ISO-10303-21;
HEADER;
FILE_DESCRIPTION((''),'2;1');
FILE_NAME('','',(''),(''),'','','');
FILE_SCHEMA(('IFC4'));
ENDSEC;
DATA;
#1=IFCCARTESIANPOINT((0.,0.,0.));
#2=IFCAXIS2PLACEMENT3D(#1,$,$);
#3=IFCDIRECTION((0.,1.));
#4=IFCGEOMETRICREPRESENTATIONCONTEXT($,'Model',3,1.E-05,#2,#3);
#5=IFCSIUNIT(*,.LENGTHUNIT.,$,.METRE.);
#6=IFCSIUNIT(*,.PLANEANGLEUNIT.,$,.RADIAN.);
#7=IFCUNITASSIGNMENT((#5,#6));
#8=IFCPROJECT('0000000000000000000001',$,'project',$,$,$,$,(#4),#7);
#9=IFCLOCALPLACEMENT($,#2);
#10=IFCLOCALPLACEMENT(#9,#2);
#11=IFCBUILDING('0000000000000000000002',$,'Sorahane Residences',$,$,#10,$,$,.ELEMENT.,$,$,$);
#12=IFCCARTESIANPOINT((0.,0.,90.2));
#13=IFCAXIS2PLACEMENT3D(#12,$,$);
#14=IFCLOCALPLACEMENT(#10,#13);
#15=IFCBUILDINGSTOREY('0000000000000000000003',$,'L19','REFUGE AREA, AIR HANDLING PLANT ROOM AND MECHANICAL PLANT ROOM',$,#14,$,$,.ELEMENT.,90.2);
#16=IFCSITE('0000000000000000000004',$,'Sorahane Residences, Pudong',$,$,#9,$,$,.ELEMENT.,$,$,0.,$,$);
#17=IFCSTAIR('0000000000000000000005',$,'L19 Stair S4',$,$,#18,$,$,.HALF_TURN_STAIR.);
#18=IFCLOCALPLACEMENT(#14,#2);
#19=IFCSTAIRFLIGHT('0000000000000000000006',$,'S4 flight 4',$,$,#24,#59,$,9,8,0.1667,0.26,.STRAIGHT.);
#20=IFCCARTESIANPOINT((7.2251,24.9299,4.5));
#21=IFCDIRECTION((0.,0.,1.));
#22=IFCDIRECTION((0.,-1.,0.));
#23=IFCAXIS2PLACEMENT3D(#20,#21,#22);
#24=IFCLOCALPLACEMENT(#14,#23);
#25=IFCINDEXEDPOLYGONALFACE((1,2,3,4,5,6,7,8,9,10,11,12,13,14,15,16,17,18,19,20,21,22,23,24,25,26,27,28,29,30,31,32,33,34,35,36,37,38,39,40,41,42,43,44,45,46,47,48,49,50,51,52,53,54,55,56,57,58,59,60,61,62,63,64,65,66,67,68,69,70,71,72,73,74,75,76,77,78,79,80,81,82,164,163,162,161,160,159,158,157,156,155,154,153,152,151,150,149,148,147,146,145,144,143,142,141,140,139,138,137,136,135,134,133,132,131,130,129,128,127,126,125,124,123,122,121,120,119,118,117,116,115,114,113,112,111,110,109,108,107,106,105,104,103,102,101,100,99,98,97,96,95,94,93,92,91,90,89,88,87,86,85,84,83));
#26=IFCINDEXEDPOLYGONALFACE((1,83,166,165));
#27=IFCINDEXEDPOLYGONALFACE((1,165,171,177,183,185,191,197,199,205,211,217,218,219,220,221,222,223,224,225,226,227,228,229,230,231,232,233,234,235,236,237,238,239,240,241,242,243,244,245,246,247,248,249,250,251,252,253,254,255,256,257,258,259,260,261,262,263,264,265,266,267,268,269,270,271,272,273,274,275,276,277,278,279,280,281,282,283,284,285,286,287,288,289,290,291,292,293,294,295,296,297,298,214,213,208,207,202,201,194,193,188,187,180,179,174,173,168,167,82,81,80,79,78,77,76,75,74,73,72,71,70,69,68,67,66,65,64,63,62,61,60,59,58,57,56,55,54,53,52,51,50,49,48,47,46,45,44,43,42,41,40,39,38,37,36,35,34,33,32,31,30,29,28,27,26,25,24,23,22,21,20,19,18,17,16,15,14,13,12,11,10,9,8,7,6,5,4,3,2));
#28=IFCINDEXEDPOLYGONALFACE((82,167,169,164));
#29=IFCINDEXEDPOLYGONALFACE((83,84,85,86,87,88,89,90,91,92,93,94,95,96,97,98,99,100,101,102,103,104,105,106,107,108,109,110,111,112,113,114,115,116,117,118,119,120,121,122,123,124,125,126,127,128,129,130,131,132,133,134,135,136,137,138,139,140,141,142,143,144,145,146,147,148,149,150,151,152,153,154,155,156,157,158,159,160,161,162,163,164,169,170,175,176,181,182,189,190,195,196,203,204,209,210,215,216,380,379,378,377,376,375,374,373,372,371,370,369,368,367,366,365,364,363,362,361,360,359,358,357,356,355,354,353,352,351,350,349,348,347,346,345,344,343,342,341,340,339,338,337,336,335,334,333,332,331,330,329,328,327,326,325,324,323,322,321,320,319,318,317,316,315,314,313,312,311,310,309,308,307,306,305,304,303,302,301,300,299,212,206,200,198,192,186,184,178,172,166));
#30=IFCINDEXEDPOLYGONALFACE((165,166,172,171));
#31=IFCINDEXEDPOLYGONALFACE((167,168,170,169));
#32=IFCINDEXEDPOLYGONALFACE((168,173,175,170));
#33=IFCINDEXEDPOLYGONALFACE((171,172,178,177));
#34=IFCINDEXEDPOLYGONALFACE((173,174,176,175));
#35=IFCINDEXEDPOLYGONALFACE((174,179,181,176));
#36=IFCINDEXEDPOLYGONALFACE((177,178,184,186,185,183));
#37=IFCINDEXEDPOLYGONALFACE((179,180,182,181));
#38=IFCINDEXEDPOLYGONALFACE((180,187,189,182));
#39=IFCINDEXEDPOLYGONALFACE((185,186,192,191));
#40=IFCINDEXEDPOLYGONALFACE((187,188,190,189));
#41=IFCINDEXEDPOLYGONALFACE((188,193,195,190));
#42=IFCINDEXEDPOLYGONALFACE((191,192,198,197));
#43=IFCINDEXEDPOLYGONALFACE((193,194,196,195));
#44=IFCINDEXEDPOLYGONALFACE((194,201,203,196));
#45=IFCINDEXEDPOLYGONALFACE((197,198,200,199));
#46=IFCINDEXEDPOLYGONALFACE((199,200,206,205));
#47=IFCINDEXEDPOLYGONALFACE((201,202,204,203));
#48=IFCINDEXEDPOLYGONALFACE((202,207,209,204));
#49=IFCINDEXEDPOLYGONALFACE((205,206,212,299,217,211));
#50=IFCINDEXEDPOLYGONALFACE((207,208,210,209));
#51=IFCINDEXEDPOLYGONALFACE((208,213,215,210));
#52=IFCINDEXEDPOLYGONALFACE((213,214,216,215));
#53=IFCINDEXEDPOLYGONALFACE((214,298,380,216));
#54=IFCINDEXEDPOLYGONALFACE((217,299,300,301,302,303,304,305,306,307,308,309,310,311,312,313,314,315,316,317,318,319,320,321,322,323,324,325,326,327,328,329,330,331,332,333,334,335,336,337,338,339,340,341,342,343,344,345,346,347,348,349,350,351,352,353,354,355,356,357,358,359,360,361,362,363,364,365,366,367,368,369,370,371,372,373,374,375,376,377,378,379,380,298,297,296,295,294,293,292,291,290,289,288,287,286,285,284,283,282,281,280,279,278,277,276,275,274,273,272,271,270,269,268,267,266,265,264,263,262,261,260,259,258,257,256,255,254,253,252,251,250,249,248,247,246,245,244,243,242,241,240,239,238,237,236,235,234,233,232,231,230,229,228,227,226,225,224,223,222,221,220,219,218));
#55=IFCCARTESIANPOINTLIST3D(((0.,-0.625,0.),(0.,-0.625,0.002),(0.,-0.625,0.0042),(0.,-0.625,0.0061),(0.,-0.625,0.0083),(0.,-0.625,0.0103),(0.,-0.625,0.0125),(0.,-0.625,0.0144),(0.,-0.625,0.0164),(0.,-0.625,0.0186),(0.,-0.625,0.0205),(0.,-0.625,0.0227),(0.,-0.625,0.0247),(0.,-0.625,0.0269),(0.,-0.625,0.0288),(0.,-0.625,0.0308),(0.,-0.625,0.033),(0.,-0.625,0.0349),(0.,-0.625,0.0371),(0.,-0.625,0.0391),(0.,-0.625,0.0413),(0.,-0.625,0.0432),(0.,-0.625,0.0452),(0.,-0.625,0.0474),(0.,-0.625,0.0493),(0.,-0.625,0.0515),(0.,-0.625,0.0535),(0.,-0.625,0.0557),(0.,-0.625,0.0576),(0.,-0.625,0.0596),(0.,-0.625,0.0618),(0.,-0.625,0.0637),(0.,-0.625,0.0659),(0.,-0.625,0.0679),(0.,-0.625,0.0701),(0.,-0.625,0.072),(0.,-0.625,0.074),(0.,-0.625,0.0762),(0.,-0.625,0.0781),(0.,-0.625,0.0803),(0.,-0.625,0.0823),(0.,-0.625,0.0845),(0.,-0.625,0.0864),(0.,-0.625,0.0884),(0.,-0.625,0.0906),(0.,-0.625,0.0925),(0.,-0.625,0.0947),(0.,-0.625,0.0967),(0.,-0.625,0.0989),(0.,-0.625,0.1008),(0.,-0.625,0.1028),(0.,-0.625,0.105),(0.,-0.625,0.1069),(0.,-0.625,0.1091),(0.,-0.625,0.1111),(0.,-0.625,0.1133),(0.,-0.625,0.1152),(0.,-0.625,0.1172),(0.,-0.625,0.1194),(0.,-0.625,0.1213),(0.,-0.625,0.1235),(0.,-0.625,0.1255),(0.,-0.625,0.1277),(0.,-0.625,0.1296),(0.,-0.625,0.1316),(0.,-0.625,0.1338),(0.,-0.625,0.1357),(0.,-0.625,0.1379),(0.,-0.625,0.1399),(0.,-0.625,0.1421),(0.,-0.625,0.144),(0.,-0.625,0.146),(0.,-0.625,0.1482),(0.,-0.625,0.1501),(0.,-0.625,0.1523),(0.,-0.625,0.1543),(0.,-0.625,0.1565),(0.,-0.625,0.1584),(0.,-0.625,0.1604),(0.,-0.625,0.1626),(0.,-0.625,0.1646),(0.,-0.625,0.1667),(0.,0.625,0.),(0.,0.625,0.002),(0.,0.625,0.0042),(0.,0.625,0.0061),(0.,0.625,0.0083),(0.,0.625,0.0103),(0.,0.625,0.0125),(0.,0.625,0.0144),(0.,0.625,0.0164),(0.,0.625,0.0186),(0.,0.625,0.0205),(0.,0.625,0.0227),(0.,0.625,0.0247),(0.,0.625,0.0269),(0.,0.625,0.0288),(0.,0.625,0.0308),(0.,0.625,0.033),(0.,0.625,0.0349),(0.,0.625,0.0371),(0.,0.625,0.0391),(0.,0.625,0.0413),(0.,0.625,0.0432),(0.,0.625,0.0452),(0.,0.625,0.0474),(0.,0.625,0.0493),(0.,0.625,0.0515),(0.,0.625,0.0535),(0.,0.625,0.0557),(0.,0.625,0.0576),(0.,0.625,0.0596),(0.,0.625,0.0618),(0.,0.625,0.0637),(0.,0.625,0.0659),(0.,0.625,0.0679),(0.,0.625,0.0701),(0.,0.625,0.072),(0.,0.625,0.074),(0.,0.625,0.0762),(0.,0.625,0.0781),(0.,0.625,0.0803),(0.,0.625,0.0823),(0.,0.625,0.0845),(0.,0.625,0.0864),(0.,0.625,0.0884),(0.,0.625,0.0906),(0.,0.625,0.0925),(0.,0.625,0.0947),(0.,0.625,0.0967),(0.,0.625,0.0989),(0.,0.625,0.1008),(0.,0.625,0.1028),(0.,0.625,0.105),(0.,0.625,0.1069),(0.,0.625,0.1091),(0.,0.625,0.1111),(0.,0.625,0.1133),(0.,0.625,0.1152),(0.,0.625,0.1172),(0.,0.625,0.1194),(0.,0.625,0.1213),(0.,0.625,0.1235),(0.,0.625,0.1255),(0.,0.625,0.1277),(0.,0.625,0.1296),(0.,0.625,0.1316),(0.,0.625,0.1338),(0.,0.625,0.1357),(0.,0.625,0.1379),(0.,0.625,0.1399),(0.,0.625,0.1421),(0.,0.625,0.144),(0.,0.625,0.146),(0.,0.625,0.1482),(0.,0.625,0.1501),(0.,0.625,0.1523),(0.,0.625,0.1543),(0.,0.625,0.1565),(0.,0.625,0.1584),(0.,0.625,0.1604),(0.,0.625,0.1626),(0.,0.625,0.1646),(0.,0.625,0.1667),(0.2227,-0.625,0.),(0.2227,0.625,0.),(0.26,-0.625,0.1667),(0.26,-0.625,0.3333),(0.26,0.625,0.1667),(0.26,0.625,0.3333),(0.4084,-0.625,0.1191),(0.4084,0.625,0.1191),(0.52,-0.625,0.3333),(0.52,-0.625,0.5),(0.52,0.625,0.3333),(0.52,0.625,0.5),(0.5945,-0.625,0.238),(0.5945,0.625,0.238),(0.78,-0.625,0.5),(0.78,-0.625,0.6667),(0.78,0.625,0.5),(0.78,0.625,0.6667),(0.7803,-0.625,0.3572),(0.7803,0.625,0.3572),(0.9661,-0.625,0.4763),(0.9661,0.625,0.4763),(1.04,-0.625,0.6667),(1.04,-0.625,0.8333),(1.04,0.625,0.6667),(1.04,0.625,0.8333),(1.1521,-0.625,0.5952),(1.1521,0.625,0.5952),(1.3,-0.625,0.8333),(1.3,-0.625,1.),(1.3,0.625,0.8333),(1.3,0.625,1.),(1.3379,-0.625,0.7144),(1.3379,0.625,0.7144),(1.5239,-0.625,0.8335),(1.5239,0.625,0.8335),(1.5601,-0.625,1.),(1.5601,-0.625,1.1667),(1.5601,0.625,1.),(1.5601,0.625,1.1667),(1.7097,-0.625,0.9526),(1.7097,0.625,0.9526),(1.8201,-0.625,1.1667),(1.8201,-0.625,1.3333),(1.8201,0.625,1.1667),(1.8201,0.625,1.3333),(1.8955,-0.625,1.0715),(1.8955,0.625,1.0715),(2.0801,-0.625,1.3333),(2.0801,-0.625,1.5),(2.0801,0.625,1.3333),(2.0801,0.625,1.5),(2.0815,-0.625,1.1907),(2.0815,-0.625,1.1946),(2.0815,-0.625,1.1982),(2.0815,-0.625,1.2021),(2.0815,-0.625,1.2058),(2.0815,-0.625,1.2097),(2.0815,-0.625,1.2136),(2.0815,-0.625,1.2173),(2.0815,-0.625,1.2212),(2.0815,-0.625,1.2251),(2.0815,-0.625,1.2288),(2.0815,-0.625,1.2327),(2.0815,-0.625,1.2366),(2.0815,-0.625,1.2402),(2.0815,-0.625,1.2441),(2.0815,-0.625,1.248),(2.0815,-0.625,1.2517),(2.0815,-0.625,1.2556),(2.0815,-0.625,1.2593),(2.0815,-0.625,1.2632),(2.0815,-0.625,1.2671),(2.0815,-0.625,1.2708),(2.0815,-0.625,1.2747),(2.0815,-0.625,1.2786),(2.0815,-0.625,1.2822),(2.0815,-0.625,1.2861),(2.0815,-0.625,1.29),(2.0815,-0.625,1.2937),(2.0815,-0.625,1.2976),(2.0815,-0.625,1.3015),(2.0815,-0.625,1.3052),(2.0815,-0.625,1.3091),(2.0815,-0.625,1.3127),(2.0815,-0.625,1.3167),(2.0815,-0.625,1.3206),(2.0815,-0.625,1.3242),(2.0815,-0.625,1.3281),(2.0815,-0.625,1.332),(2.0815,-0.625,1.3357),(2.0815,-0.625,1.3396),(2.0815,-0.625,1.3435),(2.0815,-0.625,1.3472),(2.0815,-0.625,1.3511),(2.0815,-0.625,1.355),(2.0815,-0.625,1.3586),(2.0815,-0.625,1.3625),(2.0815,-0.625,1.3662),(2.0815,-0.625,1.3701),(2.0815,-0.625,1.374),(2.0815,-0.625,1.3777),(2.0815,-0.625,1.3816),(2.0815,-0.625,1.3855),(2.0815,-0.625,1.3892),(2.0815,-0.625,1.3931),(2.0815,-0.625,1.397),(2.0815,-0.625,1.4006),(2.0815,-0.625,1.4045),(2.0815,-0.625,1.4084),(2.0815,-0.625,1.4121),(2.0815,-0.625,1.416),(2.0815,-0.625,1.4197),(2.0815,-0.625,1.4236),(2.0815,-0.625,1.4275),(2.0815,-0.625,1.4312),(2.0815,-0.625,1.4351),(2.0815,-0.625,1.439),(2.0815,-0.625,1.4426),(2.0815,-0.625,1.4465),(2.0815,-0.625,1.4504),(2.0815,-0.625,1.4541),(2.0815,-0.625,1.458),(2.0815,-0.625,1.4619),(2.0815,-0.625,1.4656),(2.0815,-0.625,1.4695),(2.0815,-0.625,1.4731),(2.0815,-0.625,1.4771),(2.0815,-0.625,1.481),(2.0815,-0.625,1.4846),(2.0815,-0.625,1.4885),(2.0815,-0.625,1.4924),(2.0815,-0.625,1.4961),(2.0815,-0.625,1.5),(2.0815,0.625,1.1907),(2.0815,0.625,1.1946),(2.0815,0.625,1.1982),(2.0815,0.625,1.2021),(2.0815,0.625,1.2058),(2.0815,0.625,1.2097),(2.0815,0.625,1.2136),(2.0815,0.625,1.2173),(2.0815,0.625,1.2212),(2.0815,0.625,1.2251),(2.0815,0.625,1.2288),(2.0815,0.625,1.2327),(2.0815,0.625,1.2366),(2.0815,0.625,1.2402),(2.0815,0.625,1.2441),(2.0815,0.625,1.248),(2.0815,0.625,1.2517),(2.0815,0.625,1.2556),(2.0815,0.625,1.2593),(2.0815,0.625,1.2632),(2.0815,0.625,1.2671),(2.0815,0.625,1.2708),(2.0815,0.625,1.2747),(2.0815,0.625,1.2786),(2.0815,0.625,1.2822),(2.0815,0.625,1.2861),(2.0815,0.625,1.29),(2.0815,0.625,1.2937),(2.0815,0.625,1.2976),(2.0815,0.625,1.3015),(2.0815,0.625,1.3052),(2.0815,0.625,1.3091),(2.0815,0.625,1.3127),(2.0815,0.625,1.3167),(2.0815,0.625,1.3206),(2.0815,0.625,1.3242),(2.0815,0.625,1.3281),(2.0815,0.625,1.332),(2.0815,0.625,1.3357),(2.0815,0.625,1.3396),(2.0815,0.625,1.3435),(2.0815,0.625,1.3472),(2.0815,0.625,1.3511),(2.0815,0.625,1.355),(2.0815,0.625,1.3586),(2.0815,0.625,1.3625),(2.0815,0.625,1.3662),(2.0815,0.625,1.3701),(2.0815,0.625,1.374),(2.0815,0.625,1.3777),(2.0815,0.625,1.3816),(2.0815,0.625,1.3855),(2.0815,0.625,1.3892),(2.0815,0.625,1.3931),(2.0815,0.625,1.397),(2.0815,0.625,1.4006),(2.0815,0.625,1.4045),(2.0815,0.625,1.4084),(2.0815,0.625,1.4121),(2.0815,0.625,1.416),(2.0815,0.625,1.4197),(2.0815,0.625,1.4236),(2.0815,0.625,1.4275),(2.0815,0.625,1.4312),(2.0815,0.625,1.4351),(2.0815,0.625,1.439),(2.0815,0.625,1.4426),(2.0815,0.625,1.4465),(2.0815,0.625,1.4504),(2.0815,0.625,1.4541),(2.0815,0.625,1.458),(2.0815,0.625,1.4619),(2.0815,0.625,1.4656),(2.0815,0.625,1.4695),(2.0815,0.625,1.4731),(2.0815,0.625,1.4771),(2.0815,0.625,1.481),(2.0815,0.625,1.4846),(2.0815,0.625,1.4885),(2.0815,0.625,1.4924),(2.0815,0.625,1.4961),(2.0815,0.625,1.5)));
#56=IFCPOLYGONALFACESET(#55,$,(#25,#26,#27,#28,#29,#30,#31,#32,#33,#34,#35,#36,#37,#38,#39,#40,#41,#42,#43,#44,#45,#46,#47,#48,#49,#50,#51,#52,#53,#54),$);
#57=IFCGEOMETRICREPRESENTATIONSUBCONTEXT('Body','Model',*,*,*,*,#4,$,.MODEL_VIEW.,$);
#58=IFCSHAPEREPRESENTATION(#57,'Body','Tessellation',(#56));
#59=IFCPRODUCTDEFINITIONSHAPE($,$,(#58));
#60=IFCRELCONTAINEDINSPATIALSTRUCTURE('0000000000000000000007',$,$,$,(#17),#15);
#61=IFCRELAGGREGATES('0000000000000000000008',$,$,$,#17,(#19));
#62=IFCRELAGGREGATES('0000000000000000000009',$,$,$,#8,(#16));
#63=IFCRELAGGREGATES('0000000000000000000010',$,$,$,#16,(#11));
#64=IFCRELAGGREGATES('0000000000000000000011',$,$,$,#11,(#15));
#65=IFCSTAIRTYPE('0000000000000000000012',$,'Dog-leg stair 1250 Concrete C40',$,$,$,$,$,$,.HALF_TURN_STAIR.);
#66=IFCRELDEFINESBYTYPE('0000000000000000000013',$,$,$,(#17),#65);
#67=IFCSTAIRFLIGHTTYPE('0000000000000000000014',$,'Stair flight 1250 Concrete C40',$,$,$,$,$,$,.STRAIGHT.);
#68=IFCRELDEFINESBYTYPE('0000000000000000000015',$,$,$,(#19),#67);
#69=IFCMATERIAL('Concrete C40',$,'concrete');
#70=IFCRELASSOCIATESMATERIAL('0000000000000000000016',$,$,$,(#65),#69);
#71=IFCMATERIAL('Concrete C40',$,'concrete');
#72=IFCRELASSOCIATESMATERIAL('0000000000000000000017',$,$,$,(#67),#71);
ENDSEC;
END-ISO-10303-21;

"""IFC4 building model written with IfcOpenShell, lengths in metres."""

from ifc_helpers import new_model, si_unit, direction, frame, origin, place, context, subcontext, project, spatial, polyline, outline, extrude, material, type_object, element, aggregate, save


model = new_model("IFC4")

# Units and contexts
model_context = context("Model", 3, precision=1e-05, world=origin(), true_north=direction((0.0, 1.0)))
body_context = subcontext(model_context, "Body", "Model", "MODEL_VIEW")
ifc_project = project(units=[si_unit("LENGTHUNIT", "METRE"), si_unit("PLANEANGLEUNIT", "RADIAN")], contexts=[model_context])

# Site, building, storey
site_placement = place(None, origin())
site = spatial("IfcSite", under=ifc_project, at=site_placement, Name="Sorahane Residences, Pudong", CompositionType="ELEMENT", RefElevation=0.0)
building_placement = place(site_placement, origin())
building = spatial("IfcBuilding", under=site, at=building_placement, Name="Sorahane Residences", CompositionType="ELEMENT")
storey_placement = place(building_placement, frame((0.0, 0.0, 90.2)))
storey = spatial("IfcBuildingStorey", under=building, at=storey_placement, Name="L19", Description="REFUGE AREA, AIR HANDLING PLANT ROOM AND MECHANICAL PLANT ROOM", CompositionType="ELEMENT", Elevation=90.2)

# Shared definitions
ifc_material_1 = material(Name="Concrete C40", Category="concrete")
stair_type = type_object("IfcStairType", Name="Dog-leg stair 1250 Concrete C40", PredefinedType="HALF_TURN_STAIR", material=ifc_material_1)
ifc_material_2 = material(Name="Concrete C40", Category="concrete")
stair_flight_type = type_object("IfcStairFlightType", Name="Stair flight 1250 Concrete C40", PredefinedType="STRAIGHT", material=ifc_material_2)

# Stair, stair flight
stair_1_placement = place(storey_placement, origin())
stair_1 = element("IfcStair", 1, at=stair_1_placement, inside=storey, type_object=stair_type, Name="L19 Stair S4", PredefinedType="HALF_TURN_STAIR")
stair_flight_1_placement = place(storey_placement, frame((7.2251, 24.9299, 4.5), z_axis=(0.0, 0.0, 1.0), x_axis=(0.0, -1.0, 0.0)))
stair_flight_1 = element("IfcStairFlight", 2, at=stair_flight_1_placement, type_object=stair_flight_type, Name="S4 flight 4", NumberOfRisers=9, NumberOfTreads=8, PredefinedType="STRAIGHT", RiserHeight=0.1667, TreadLength=0.26, context=body_context, shape_type="SweptSolid", body=[
    extrude(outline(polyline([(0.0, 0.0), (0.0, 0.002), (0.0, 0.0042), (0.0, 0.0061), (0.0, 0.0083), (0.0, 0.0103), (0.0, 0.0125), (0.0, 0.0144), (0.0, 0.0164), (0.0, 0.0186), (0.0, 0.0205), (0.0, 0.0227), (0.0, 0.0247), (0.0, 0.0269), (0.0, 0.0288), (0.0, 0.0308), (0.0, 0.033), (0.0, 0.0349), (0.0, 0.0371), (0.0, 0.0391), (0.0, 0.0413), (0.0, 0.0432), (0.0, 0.0452), (0.0, 0.0474), (0.0, 0.0493), (0.0, 0.0515), (0.0, 0.0535), (0.0, 0.0557), (0.0, 0.0576), (0.0, 0.0596), (0.0, 0.0618), (0.0, 0.0637), (0.0, 0.0659), (0.0, 0.0679), (0.0, 0.0701), (0.0, 0.072), (0.0, 0.074), (0.0, 0.0762), (0.0, 0.0781), (0.0, 0.0803), (0.0, 0.0823), (0.0, 0.0845), (0.0, 0.0864), (0.0, 0.0884), (0.0, 0.0906), (0.0, 0.0925), (0.0, 0.0947), (0.0, 0.0967), (0.0, 0.0989), (0.0, 0.1008), (0.0, 0.1028), (0.0, 0.105), (0.0, 0.1069), (0.0, 0.1091), (0.0, 0.1111), (0.0, 0.1133), (0.0, 0.1152), (0.0, 0.1172), (0.0, 0.1194), (0.0, 0.1213), (0.0, 0.1235), (0.0, 0.1255), (0.0, 0.1277), (0.0, 0.1296), (0.0, 0.1316), (0.0, 0.1338), (0.0, 0.1357), (0.0, 0.1379), (0.0, 0.1399), (0.0, 0.1421), (0.0, 0.144), (0.0, 0.146), (0.0, 0.1482), (0.0, 0.1501), (0.0, 0.1523), (0.0, 0.1543), (0.0, 0.1565), (0.0, 0.1584), (0.0, 0.1604), (0.0, 0.1626), (0.0, 0.1646), (0.0, 0.1667), (0.26, 0.1667), (0.26, 0.3333), (0.52, 0.3333), (0.52, 0.5), (0.78, 0.5), (0.78, 0.6667), (1.04, 0.6667), (1.04, 0.8333), (1.3, 0.8333), (1.3, 1.0), (1.5601, 1.0), (1.5601, 1.1667), (1.8201, 1.1667), (1.8201, 1.3333), (2.0801, 1.3333), (2.0801, 1.5), (2.0815, 1.5), (2.0815, 1.4961), (2.0815, 1.4924), (2.0815, 1.4885), (2.0815, 1.4846), (2.0815, 1.481), (2.0815, 1.4771), (2.0815, 1.4731), (2.0815, 1.4695), (2.0815, 1.4656), (2.0815, 1.4619), (2.0815, 1.458), (2.0815, 1.4541), (2.0815, 1.4504), (2.0815, 1.4465), (2.0815, 1.4426), (2.0815, 1.439), (2.0815, 1.4351), (2.0815, 1.4312), (2.0815, 1.4275), (2.0815, 1.4236), (2.0815, 1.4197), (2.0815, 1.416), (2.0815, 1.4121), (2.0815, 1.4084), (2.0815, 1.4045), (2.0815, 1.4006), (2.0815, 1.397), (2.0815, 1.3931), (2.0815, 1.3892), (2.0815, 1.3855), (2.0815, 1.3816), (2.0815, 1.3777), (2.0815, 1.374), (2.0815, 1.3701), (2.0815, 1.3662), (2.0815, 1.3625), (2.0815, 1.3586), (2.0815, 1.355), (2.0815, 1.3511), (2.0815, 1.3472), (2.0815, 1.3435), (2.0815, 1.3396), (2.0815, 1.3357), (2.0815, 1.332), (2.0815, 1.3281), (2.0815, 1.3242), (2.0815, 1.3206), (2.0815, 1.3167), (2.0815, 1.3127), (2.0815, 1.3091), (2.0815, 1.3052), (2.0815, 1.3015), (2.0815, 1.2976), (2.0815, 1.2937), (2.0815, 1.29), (2.0815, 1.2861), (2.0815, 1.2822), (2.0815, 1.2786), (2.0815, 1.2747), (2.0815, 1.2708), (2.0815, 1.2671), (2.0815, 1.2632), (2.0815, 1.2593), (2.0815, 1.2556), (2.0815, 1.2517), (2.0815, 1.248), (2.0815, 1.2441), (2.0815, 1.2402), (2.0815, 1.2366), (2.0815, 1.2327), (2.0815, 1.2288), (2.0815, 1.2251), (2.0815, 1.2212), (2.0815, 1.2173), (2.0815, 1.2136), (2.0815, 1.2097), (2.0815, 1.2058), (2.0815, 1.2021), (2.0815, 1.1982), (2.0815, 1.1946), (2.0815, 1.1907), (1.8955, 1.0715), (1.7097, 0.9526), (1.5239, 0.8335), (1.3379, 0.7144), (1.1521, 0.5952), (0.9661, 0.4763), (0.7803, 0.3572), (0.5945, 0.238), (0.4084, 0.1191), (0.2227, 0.0), (0.0, 0.0)])), frame((0.0, 0.625, 0.0), z_axis=(0.0, -1.0, 0.0), x_axis=(1.0, 0.0, 0.0)), (0.0, 0.0, 1.0), 1.25),
])
aggregate(stair_1, [stair_flight_1])

save(model, "model.ifc")
